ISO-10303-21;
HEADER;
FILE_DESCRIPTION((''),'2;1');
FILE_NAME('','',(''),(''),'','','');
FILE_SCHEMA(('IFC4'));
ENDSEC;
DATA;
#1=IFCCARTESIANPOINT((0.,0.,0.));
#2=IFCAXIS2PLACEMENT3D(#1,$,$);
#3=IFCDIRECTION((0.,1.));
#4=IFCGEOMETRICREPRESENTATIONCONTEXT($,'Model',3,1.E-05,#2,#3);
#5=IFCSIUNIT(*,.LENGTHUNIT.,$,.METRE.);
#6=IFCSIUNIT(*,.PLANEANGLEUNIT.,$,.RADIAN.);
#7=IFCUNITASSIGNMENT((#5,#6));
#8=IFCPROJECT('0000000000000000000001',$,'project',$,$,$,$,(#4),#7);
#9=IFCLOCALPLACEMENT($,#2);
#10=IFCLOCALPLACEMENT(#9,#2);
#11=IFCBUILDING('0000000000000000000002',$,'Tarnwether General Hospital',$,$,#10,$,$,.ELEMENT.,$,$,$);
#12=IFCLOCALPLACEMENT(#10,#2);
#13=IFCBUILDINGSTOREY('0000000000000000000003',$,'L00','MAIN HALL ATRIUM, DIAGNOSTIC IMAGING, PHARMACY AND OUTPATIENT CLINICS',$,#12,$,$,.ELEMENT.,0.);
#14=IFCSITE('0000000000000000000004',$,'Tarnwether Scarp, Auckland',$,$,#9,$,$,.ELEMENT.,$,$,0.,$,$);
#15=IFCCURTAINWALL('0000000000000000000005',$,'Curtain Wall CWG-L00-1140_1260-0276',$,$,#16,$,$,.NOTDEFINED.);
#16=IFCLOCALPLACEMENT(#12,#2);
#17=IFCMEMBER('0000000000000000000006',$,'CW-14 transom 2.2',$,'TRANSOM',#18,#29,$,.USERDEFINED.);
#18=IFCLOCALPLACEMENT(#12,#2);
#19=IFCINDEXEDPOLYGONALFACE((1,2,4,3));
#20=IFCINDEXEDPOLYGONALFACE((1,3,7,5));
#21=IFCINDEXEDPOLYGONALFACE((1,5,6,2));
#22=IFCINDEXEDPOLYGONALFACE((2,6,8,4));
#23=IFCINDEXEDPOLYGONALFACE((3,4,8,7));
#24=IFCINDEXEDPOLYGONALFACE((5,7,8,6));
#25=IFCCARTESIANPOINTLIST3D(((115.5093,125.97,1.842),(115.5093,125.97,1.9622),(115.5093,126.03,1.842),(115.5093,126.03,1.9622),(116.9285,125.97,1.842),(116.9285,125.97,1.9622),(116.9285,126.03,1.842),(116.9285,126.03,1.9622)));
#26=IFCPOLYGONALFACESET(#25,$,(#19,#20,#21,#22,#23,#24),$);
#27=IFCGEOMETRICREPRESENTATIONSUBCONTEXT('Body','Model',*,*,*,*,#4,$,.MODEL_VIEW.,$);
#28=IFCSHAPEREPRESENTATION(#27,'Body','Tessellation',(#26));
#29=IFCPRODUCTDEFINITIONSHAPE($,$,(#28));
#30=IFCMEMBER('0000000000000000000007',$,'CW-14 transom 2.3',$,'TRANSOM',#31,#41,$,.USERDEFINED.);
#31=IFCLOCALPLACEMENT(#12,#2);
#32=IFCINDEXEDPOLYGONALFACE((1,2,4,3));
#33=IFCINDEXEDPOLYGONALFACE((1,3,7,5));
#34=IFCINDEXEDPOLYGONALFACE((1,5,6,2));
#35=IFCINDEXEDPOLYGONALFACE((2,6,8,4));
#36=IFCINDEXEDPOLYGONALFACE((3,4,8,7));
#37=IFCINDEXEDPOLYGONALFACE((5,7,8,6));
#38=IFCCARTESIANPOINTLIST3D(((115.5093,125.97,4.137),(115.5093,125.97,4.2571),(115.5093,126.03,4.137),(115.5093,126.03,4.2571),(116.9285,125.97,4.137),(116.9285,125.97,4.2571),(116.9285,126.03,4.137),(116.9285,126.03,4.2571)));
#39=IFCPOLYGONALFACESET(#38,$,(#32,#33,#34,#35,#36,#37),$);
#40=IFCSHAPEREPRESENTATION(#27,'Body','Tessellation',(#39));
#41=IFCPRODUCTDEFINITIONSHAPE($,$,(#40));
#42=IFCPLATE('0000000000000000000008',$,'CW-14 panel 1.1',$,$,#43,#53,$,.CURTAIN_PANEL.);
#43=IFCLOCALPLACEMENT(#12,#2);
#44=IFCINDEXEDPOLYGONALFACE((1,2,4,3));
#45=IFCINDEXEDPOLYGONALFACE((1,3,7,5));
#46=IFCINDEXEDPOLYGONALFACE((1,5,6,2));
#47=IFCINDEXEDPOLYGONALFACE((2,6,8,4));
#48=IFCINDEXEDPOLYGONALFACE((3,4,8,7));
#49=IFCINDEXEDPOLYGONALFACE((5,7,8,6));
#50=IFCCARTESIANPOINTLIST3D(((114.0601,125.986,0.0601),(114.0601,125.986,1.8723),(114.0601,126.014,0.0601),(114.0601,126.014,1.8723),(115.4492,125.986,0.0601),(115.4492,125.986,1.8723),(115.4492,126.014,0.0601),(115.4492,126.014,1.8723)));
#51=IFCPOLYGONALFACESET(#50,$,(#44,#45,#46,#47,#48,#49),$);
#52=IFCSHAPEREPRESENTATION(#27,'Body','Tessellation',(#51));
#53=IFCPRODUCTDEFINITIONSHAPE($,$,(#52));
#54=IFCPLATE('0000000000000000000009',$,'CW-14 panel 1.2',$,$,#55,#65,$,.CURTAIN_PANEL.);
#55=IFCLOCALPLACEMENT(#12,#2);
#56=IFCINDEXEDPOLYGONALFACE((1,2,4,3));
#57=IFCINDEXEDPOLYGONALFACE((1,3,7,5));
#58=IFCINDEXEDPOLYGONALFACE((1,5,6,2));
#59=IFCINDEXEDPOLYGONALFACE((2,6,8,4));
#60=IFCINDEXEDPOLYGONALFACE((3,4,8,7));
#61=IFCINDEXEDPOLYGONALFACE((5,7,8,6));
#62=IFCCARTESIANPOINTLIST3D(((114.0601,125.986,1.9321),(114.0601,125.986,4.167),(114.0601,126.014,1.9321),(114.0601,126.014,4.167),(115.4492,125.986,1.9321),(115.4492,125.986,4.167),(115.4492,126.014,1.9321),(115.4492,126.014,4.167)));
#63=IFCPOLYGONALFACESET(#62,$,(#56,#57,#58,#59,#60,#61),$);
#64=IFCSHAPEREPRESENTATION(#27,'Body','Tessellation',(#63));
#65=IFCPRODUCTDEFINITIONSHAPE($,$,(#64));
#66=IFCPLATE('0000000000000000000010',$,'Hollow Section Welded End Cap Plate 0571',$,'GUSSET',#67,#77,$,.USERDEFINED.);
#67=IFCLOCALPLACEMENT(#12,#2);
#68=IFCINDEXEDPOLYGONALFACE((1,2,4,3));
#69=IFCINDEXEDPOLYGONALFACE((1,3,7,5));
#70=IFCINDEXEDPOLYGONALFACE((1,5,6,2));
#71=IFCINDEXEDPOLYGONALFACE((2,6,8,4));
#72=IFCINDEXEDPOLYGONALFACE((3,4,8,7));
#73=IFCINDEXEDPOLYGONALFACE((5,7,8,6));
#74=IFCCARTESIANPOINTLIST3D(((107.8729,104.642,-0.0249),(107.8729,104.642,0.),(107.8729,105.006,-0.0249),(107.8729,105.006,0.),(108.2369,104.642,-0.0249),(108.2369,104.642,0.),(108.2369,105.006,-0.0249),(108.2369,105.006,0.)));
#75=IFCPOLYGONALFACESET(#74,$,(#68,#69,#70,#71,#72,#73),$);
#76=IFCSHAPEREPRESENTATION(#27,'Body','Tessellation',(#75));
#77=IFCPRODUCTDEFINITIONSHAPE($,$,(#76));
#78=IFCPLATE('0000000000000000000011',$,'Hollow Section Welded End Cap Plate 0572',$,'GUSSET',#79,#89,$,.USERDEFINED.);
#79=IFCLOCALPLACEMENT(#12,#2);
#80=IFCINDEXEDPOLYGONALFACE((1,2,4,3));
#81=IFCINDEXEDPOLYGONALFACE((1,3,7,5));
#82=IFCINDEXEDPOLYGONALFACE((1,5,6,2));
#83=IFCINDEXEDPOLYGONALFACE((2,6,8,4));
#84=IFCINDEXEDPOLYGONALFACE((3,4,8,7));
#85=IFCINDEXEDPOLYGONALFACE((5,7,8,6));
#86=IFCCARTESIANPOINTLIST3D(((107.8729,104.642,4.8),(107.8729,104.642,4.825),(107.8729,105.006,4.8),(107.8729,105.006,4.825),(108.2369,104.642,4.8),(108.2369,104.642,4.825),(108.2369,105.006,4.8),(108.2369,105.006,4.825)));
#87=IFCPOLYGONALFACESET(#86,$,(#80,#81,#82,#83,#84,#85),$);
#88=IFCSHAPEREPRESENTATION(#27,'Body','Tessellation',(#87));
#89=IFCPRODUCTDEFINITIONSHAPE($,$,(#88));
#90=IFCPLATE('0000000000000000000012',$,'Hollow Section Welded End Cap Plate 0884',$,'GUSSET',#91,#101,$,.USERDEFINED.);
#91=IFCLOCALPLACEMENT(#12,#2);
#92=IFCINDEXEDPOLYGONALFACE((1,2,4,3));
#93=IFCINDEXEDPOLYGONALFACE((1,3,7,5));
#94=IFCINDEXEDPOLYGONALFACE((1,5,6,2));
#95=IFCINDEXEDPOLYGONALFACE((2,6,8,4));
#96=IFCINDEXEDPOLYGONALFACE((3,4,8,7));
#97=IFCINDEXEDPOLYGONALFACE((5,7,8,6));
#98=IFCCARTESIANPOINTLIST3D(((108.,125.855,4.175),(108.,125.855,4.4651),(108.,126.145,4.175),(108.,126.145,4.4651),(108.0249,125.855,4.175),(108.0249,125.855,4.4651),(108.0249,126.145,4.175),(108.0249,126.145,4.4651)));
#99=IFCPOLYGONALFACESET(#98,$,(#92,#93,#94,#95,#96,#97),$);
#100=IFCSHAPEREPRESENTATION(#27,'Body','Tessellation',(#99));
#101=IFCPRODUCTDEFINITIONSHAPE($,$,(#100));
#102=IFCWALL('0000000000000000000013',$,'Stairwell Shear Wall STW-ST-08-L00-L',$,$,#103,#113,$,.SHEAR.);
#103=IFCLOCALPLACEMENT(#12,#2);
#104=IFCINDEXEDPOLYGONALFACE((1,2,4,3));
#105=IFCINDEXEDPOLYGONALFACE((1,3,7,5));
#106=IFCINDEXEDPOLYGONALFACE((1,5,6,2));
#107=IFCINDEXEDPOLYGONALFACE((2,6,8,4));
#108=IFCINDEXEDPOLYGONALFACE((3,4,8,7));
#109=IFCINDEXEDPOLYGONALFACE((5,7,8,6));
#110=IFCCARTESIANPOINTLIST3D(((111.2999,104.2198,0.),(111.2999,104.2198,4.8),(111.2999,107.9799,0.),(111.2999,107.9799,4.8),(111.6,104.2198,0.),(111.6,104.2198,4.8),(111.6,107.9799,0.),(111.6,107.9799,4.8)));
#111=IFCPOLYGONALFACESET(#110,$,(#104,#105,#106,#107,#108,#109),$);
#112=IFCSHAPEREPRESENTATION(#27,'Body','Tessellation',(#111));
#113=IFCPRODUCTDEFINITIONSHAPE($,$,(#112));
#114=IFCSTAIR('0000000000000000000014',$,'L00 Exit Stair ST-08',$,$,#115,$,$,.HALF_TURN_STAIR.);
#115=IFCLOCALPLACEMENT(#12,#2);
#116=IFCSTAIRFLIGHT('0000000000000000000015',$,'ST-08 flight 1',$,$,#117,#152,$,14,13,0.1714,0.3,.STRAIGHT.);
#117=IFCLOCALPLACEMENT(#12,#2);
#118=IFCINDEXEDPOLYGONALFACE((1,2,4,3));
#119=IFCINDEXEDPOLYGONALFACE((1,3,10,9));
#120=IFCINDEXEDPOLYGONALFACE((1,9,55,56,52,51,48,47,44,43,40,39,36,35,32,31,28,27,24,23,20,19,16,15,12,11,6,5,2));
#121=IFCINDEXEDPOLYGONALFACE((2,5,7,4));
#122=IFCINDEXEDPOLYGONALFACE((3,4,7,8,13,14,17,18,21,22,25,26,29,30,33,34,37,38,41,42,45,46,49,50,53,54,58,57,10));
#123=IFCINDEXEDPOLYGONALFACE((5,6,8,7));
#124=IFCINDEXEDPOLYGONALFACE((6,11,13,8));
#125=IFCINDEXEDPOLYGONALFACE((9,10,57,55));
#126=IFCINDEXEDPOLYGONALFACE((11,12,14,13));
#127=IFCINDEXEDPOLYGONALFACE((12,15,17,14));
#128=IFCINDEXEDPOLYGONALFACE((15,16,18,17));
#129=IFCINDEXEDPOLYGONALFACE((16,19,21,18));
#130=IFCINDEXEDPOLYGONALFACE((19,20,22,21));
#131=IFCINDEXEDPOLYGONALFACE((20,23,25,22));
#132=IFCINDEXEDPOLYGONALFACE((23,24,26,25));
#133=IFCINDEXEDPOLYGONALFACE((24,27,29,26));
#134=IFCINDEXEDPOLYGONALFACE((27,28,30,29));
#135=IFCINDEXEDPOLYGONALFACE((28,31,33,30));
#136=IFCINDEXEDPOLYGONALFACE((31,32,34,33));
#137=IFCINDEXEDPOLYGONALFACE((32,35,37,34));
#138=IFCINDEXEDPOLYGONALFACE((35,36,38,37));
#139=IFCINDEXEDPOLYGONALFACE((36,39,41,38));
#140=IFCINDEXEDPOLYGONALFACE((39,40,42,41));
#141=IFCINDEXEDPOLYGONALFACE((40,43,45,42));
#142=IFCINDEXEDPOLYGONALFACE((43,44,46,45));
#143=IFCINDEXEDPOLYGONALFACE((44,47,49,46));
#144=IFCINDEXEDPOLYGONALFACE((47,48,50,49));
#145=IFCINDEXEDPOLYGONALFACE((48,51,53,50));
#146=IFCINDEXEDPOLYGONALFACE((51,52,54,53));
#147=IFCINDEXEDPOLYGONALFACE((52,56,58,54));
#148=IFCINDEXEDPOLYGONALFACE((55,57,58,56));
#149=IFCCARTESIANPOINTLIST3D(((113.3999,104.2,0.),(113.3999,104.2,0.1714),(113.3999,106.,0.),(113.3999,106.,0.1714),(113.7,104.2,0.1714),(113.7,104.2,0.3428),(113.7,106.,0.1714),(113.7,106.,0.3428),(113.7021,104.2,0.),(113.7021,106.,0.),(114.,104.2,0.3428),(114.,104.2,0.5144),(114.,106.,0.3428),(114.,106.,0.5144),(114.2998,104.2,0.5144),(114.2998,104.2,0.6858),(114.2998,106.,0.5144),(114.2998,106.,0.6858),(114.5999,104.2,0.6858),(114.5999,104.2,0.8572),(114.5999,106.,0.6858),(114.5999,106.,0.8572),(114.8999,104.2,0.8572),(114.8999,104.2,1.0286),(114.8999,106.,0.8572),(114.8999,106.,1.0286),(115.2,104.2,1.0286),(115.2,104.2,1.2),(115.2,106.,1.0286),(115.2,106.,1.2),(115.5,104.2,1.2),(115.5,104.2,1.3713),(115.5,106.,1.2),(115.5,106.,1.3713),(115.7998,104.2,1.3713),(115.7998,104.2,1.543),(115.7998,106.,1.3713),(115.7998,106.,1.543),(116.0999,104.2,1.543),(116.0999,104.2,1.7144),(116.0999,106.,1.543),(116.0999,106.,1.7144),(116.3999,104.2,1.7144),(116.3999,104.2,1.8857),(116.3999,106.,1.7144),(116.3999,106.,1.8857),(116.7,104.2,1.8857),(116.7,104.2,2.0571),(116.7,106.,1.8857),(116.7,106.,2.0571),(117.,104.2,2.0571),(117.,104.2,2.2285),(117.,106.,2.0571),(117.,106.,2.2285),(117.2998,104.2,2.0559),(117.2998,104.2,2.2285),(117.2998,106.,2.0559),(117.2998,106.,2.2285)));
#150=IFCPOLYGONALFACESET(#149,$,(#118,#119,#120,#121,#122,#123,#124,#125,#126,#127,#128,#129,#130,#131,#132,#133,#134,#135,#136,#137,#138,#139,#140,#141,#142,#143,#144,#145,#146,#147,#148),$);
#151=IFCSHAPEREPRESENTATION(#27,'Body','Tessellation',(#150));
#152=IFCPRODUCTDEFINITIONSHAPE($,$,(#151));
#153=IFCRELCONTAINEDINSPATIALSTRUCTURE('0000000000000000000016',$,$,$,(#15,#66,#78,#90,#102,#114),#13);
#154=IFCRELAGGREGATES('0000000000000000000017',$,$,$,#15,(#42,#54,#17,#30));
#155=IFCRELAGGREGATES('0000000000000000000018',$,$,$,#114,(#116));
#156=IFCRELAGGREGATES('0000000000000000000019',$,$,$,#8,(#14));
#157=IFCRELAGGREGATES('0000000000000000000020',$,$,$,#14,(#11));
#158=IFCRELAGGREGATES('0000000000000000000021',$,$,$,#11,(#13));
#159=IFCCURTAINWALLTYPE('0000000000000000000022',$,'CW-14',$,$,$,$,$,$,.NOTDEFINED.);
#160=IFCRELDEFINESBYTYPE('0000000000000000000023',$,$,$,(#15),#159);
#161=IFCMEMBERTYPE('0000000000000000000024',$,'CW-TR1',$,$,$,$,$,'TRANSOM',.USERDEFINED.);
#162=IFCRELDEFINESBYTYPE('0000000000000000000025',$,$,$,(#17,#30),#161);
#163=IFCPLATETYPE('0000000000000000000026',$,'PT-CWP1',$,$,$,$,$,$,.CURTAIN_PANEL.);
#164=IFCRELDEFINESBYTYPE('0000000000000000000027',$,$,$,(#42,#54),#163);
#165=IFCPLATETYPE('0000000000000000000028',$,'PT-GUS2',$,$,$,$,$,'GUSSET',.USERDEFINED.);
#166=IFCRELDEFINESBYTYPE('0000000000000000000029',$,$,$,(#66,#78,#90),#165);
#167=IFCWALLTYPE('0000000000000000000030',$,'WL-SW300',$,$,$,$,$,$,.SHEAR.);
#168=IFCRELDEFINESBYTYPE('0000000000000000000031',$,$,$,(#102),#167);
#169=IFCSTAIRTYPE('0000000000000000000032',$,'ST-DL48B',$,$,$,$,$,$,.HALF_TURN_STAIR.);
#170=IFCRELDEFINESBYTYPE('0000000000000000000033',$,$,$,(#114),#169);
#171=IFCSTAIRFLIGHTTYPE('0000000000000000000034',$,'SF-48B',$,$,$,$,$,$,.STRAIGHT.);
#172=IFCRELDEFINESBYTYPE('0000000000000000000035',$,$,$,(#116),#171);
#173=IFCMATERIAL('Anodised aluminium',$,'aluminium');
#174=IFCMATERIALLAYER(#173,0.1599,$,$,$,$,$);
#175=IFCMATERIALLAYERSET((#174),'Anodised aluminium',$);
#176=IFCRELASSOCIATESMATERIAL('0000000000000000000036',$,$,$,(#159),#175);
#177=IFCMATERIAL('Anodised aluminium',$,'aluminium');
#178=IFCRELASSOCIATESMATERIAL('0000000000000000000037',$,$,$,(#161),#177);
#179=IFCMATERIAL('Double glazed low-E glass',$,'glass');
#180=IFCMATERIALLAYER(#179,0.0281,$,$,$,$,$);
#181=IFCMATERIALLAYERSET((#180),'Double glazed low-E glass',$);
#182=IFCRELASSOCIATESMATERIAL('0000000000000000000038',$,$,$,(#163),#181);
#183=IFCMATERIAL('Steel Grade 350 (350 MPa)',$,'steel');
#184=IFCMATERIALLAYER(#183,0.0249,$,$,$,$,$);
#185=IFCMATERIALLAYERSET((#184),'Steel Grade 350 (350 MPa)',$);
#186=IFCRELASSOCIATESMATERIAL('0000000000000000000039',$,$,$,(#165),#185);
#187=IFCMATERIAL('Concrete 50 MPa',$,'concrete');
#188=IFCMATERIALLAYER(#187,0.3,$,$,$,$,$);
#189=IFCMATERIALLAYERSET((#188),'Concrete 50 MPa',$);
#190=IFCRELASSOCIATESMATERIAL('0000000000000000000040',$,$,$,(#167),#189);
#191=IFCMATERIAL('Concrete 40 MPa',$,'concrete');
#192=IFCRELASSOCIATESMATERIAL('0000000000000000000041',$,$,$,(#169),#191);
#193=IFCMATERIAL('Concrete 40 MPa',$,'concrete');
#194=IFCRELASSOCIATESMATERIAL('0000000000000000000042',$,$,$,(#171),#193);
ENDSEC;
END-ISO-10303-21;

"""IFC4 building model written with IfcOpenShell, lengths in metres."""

from ifc_helpers import new_model, si_unit, direction, frame, frame_2d, origin, origin_2d, place, context, subcontext, project, spatial, polyline, rectangle, outline, extrude, material, layer, layer_set, material_profile, profile_set, type_object, element, aggregate, save


model = new_model("IFC4")

# Units and contexts
model_context = context("Model", 3, precision=1e-05, world=origin(), true_north=direction((0.0, 1.0)))
body_context = subcontext(model_context, "Body", "Model", "MODEL_VIEW")
ifc_project = project(units=[si_unit("LENGTHUNIT", "METRE"), si_unit("PLANEANGLEUNIT", "RADIAN")], contexts=[model_context])

# Site, building, storey
site_placement = place(None, origin())
site = spatial("IfcSite", under=ifc_project, at=site_placement, Name="Tarnwether Scarp, Auckland", CompositionType="ELEMENT", RefElevation=0.0)
building_placement = place(site_placement, origin())
building = spatial("IfcBuilding", under=site, at=building_placement, Name="Tarnwether General Hospital", CompositionType="ELEMENT")
storey_placement = place(building_placement, origin())
storey = spatial("IfcBuildingStorey", under=building, at=storey_placement, Name="L00", Description="MAIN HALL ATRIUM, DIAGNOSTIC IMAGING, PHARMACY AND OUTPATIENT CLINICS", CompositionType="ELEMENT", Elevation=0.0)

# Curtain wall, members, plates
ifc_material_1 = material(Name="Anodised aluminium", Category="aluminium")
ifc_layer_1 = layer(ifc_material_1, 0.1599)
ifc_layer_set_1 = layer_set([ifc_layer_1], Name="Anodised aluminium")
curtain_wall_type = type_object("IfcCurtainWallType", Name="CW-14", PredefinedType="NOTDEFINED", material=ifc_layer_set_1)
curtain_wall_placement = place(storey_placement, origin())
curtain_wall = element("IfcCurtainWall", 1, at=curtain_wall_placement, inside=storey, type_object=curtain_wall_type, Name="Curtain Wall CWG-L00-1140_1260-0276", PredefinedType="NOTDEFINED")
ifc_material_2 = material(Name="Anodised aluminium", Category="aluminium")
ifc_material_profile_1 = material_profile(ifc_material_2, rectangle(XDim=0.0601, YDim=0.1201, at=origin_2d()), Name="ALU-TRN-60x120")
ifc_profile_set_1 = profile_set([ifc_material_profile_1], Name="Anodised aluminium")
member_type_1 = type_object("IfcMemberType", Name="CW-TR1", ElementType="TRANSOM", PredefinedType="USERDEFINED", material=ifc_profile_set_1)
member_1_placement = place(storey_placement, frame((115.5093, 126.0, 1.9021), z_axis=(1.0, 0.0, 0.0), x_axis=(0.0, 1.0, 0.0)))
member_1 = element("IfcMember", 2, at=member_1_placement, type_object=member_type_1, Name="CW-14 transom 2.2", ObjectType="TRANSOM", PredefinedType="USERDEFINED", context=body_context, shape_type="SweptSolid", body=[
    extrude(rectangle(XDim=0.0601, YDim=0.1201, at=origin_2d()), origin(), (0.0, 0.0, 1.0), 1.4192),
])
member_2_placement = place(storey_placement, frame((115.5093, 126.0, 4.197), z_axis=(1.0, 0.0, 0.0), x_axis=(0.0, 1.0, 0.0)))
member_2 = element("IfcMember", 3, at=member_2_placement, type_object=member_type_1, Name="CW-14 transom 2.3", ObjectType="TRANSOM", PredefinedType="USERDEFINED", context=body_context, shape_type="SweptSolid", body=[
    extrude(rectangle(XDim=0.0601, YDim=0.1201, at=origin_2d()), origin(), (0.0, 0.0, 1.0), 1.4192),
])
ifc_material_3 = material(Name="Double glazed low-E glass", Category="glass")
ifc_layer_2 = layer(ifc_material_3, 0.0281)
ifc_layer_set_2 = layer_set([ifc_layer_2], Name="Double glazed low-E glass")
plate_type_1 = type_object("IfcPlateType", Name="PT-CWP1", PredefinedType="CURTAIN_PANEL", material=ifc_layer_set_2)
plate_1_placement = place(storey_placement, frame((114.7546, 126.0, 0.0601), z_axis=(0.0, 0.0, 1.0), x_axis=(1.0, 0.0, 0.0)))
plate_1 = element("IfcPlate", 4, at=plate_1_placement, type_object=plate_type_1, Name="CW-14 panel 1.1", PredefinedType="CURTAIN_PANEL", context=body_context, shape_type="SweptSolid", body=[
    extrude(rectangle(XDim=1.3892, YDim=0.0281, at=origin_2d()), origin(), (0.0, 0.0, 1.0), 1.8123),
])
plate_2_placement = place(storey_placement, frame((114.7546, 126.0, 1.9321), z_axis=(0.0, 0.0, 1.0), x_axis=(1.0, 0.0, 0.0)))
plate_2 = element("IfcPlate", 5, at=plate_2_placement, type_object=plate_type_1, Name="CW-14 panel 1.2", PredefinedType="CURTAIN_PANEL", context=body_context, shape_type="SweptSolid", body=[
    extrude(rectangle(XDim=1.3892, YDim=0.0281, at=origin_2d()), origin(), (0.0, 0.0, 1.0), 2.2349),
])
aggregate(curtain_wall, [plate_1, plate_2, member_1, member_2])

# Plates
ifc_material_4 = material(Name="Steel Grade 350 (350 MPa)", Category="steel")
ifc_layer_3 = layer(ifc_material_4, 0.0249)
ifc_layer_set_3 = layer_set([ifc_layer_3], Name="Steel Grade 350 (350 MPa)")
plate_type_2 = type_object("IfcPlateType", Name="PT-GUS2", ElementType="GUSSET", PredefinedType="USERDEFINED", material=ifc_layer_set_3)
for number, where, z_axis, x_axis, name in (
    (6, (108.0549, 104.824, -0.0249), (0.0, 0.0, 1.0), (1.0, 0.0, 0.0), "Hollow Section Welded End Cap Plate 0571"),
    (7, (108.0549, 104.824, 4.8), (0.0, 0.0, 1.0), (1.0, 0.0, 0.0), "Hollow Section Welded End Cap Plate 0572"),
):
    element("IfcPlate", number, at=place(storey_placement, frame(where, z_axis=z_axis, x_axis=x_axis)), inside=storey, type_object=plate_type_2, Name=name, ObjectType="GUSSET", PredefinedType="USERDEFINED", context=body_context, shape_type="SweptSolid", body=[
        extrude(rectangle(XDim=0.364, YDim=0.364, at=origin_2d()), origin(), (0.0, 0.0, 1.0), 0.0249),
    ])
plate_3_placement = place(storey_placement, frame((108.0125, 126.0, 4.175), z_axis=(0.0, 0.0, 1.0), x_axis=(1.0, 0.0, 0.0)))
element("IfcPlate", 8, at=plate_3_placement, inside=storey, type_object=plate_type_2, Name="Hollow Section Welded End Cap Plate 0884", ObjectType="GUSSET", PredefinedType="USERDEFINED", context=body_context, shape_type="SweptSolid", body=[
    extrude(rectangle(XDim=0.0249, YDim=0.29, at=origin_2d()), origin(), (0.0, 0.0, 1.0), 0.29),
])

# Wall
ifc_material_5 = material(Name="Concrete 50 MPa", Category="concrete")
ifc_layer_4 = layer(ifc_material_5, 0.3)
ifc_layer_set_4 = layer_set([ifc_layer_4], Name="Concrete 50 MPa")
wall_type = type_object("IfcWallType", Name="WL-SW300", PredefinedType="SHEAR", material=ifc_layer_set_4)
wall_placement = place(storey_placement, frame((111.45, 104.22, 0.0), z_axis=(0.0, 0.0, 1.0), x_axis=(0.0, 1.0, 0.0)))
element("IfcWall", 9, at=wall_placement, inside=storey, type_object=wall_type, Name="Stairwell Shear Wall STW-ST-08-L00-L", PredefinedType="SHEAR", context=body_context, shape_type="SweptSolid", body=[
    extrude(rectangle(XDim=3.76, YDim=0.3, at=frame_2d((1.8799, 0.0))), origin(), (0.0, 0.0, 1.0), 4.8),
])

# Stair, stair flight
ifc_material_6 = material(Name="Concrete 40 MPa", Category="concrete")
stair_type = type_object("IfcStairType", Name="ST-DL48B", PredefinedType="HALF_TURN_STAIR", material=ifc_material_6)
stair_placement = place(storey_placement, origin())
stair = element("IfcStair", 10, at=stair_placement, inside=storey, type_object=stair_type, Name="L00 Exit Stair ST-08", PredefinedType="HALF_TURN_STAIR")
ifc_material_7 = material(Name="Concrete 40 MPa", Category="concrete")
stair_flight_type = type_object("IfcStairFlightType", Name="SF-48B", PredefinedType="STRAIGHT", material=ifc_material_7)
stair_flight_1_placement = place(storey_placement, frame((113.3999, 105.1001, 0.0), z_axis=(0.0, 0.0, 1.0), x_axis=(1.0, 0.0, 0.0)))
stair_flight_1 = element("IfcStairFlight", 11, at=stair_flight_1_placement, type_object=stair_flight_type, Name="ST-08 flight 1", NumberOfRisers=14, NumberOfTreads=13, PredefinedType="STRAIGHT", RiserHeight=0.1714, TreadLength=0.3, context=body_context, shape_type="SweptSolid", body=[
    extrude(outline(polyline([(0.0, 0.0), (0.0, 0.1714), (0.3, 0.1714), (0.3, 0.3428), (0.6001, 0.3428), (0.6001, 0.5144), (0.8999, 0.5144), (0.8999, 0.6858), (1.2, 0.6858), (1.2, 0.8572), (1.5, 0.8572), (1.5, 1.0286), (1.8, 1.0286), (1.8, 1.2), (2.1001, 1.2), (2.1001, 1.3713), (2.3999, 1.3713), (2.3999, 1.543), (2.7, 1.543), (2.7, 1.7144), (3.0, 1.7144), (3.0, 1.8857), (3.3, 1.8857), (3.3, 2.0571), (3.6001, 2.0571), (3.6001, 2.2285), (3.8999, 2.2285), (3.8999, 2.3999), (3.8999, 2.0559), (0.3022, 0.0), (0.0, 0.0)])), frame((0.0, 0.8999, 0.0), z_axis=(0.0, -1.0, 0.0), x_axis=(1.0, 0.0, 0.0)), (0.0, 0.0, 1.0), 1.8),
])
aggregate(stair, [stair_flight_1])

save(model, "model.ifc")
